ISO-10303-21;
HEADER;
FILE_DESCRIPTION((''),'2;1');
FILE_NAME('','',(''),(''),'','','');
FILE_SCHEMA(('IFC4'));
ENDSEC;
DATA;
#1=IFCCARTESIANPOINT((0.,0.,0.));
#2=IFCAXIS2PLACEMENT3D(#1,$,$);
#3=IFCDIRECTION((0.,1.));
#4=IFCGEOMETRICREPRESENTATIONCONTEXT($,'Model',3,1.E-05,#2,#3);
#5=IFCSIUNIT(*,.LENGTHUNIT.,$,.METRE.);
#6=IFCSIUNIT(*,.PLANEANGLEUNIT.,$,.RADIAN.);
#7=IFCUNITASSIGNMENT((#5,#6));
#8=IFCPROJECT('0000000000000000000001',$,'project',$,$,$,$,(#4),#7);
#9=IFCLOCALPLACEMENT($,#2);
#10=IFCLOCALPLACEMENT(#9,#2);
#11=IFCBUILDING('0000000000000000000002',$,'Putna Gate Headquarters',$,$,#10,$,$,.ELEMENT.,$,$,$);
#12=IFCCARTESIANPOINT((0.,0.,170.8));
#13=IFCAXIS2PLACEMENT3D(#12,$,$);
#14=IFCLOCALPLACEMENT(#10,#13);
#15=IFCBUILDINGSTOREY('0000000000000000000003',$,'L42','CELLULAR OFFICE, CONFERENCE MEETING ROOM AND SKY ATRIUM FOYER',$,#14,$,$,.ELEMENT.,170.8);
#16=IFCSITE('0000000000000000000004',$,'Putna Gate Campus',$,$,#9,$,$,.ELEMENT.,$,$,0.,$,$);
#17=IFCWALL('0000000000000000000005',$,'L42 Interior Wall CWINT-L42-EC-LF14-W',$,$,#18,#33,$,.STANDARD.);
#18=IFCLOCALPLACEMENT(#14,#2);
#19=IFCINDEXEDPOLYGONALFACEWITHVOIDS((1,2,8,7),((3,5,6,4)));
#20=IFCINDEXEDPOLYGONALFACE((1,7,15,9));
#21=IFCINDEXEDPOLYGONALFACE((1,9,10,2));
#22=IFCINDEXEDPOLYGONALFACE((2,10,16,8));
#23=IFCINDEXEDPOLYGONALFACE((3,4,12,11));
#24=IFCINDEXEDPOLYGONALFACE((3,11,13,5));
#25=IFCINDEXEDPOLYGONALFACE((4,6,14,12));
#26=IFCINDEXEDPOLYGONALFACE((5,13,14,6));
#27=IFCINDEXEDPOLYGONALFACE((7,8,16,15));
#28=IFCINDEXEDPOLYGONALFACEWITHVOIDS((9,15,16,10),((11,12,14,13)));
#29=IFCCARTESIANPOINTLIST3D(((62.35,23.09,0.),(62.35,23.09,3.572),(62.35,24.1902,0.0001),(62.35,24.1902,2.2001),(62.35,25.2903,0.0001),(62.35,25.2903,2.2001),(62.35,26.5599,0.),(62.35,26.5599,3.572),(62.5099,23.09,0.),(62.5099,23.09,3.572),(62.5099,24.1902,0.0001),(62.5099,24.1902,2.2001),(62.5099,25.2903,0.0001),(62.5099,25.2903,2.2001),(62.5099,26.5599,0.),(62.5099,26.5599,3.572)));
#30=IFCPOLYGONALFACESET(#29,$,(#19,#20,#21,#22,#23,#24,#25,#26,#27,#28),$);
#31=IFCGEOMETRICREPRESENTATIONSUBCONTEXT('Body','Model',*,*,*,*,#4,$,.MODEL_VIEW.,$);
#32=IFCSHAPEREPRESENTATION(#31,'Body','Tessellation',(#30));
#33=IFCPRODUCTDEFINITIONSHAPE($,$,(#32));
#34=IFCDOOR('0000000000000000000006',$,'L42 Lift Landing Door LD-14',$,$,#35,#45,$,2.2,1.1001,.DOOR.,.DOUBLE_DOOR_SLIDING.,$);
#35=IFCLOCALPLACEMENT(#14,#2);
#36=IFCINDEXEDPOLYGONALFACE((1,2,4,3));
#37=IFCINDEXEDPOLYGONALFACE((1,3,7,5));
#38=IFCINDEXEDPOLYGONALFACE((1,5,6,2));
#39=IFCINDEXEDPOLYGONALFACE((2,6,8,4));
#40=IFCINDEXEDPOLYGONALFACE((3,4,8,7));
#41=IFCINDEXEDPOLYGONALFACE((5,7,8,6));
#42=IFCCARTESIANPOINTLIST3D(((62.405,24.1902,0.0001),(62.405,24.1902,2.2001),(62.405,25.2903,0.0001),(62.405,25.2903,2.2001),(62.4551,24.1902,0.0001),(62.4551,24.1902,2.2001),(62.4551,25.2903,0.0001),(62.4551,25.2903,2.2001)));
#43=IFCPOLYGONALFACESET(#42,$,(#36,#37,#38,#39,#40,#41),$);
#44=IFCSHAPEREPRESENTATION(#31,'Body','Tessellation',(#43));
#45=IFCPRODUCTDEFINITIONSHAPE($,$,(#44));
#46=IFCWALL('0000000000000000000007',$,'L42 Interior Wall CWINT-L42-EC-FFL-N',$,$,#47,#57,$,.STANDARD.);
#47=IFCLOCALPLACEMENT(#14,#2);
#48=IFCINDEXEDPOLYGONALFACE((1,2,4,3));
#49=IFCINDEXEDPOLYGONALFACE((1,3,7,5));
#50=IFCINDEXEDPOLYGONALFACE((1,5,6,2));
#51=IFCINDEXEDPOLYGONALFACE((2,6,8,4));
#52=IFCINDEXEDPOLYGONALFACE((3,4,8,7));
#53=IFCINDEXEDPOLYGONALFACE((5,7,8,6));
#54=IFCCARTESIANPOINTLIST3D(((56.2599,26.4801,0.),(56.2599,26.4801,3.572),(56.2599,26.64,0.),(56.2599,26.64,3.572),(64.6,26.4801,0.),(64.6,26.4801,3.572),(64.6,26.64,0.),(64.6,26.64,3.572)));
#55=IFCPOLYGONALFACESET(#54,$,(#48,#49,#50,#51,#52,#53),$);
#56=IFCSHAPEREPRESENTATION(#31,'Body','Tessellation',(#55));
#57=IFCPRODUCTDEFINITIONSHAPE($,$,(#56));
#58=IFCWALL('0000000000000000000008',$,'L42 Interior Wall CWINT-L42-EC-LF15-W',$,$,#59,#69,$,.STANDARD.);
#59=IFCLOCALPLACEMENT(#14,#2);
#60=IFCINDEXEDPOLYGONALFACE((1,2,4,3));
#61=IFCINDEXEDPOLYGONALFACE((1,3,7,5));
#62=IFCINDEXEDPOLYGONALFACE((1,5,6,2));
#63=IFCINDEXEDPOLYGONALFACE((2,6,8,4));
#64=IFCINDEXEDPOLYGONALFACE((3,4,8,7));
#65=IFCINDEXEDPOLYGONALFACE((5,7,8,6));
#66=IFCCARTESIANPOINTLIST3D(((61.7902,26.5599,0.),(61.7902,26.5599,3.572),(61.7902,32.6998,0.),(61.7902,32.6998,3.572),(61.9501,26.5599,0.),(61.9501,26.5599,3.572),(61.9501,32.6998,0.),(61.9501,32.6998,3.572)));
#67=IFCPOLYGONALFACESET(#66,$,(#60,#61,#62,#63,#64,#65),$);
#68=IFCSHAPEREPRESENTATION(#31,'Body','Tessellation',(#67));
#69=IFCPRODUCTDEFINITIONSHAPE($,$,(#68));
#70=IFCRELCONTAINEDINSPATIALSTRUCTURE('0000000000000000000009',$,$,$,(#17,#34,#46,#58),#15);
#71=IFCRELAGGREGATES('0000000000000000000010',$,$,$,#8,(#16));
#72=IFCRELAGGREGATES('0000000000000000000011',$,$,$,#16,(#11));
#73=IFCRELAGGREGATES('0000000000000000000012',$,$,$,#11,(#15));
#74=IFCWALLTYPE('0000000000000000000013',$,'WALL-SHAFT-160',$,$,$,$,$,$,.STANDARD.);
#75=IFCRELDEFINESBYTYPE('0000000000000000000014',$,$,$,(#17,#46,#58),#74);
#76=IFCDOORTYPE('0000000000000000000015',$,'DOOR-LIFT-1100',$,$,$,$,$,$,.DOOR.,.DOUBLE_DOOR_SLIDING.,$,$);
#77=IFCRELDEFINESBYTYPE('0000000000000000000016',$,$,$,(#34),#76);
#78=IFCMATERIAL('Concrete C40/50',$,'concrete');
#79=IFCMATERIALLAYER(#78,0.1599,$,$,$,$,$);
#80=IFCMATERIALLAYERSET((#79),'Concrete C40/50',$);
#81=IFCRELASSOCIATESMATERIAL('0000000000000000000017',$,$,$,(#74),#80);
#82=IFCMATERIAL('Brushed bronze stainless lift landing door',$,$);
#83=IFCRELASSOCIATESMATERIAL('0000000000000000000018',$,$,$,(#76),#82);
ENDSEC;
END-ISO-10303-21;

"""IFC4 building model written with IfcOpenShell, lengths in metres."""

from ifc_helpers import new_model, si_unit, direction, frame, frame_2d, origin, place, context, subcontext, project, spatial, rectangle, extrude, material, layer, layer_set, type_object, element, fill, save


model = new_model("IFC4")

# Units and contexts
model_context = context("Model", 3, precision=1e-05, world=origin(), true_north=direction((0.0, 1.0)))
body_context = subcontext(model_context, "Body", "Model", "MODEL_VIEW")
ifc_project = project(units=[si_unit("LENGTHUNIT", "METRE"), si_unit("PLANEANGLEUNIT", "RADIAN")], contexts=[model_context])

# Site, building, storey
site_placement = place(None, origin())
site = spatial("IfcSite", under=ifc_project, at=site_placement, Name="Putna Gate Campus", CompositionType="ELEMENT", RefElevation=0.0)
building_placement = place(site_placement, origin())
building = spatial("IfcBuilding", under=site, at=building_placement, Name="Putna Gate Headquarters", CompositionType="ELEMENT")
storey_placement = place(building_placement, frame((0.0, 0.0, 170.8)))
storey = spatial("IfcBuildingStorey", under=building, at=storey_placement, Name="L42", Description="CELLULAR OFFICE, CONFERENCE MEETING ROOM AND SKY ATRIUM FOYER", CompositionType="ELEMENT", Elevation=170.8)

# Wall, opening, door
ifc_material_1 = material(Name="Concrete C40/50", Category="concrete")
ifc_layer_1 = layer(ifc_material_1, 0.1599)
ifc_layer_set_1 = layer_set([ifc_layer_1], Name="Concrete C40/50")
wall_type_1 = type_object("IfcWallType", Name="WALL-SHAFT-160", PredefinedType="STANDARD", material=ifc_layer_set_1)
wall_1_placement = place(storey_placement, frame((62.4299, 23.0901, 0.0), z_axis=(0.0, 0.0, 1.0), x_axis=(0.0, 1.0, 0.0)))
wall_1 = element("IfcWall", 1, at=wall_1_placement, inside=storey, type_object=wall_type_1, Name="L42 Interior Wall CWINT-L42-EC-LF14-W", PredefinedType="STANDARD", context=body_context, shape_type="SweptSolid", body=[
    extrude(rectangle(XDim=3.47, YDim=0.1599, at=frame_2d((1.7349, 0.0))), origin(), (0.0, 0.0, 1.0), 3.572),
])
opening_1_placement = place(wall_1_placement, frame((1.1001, 0.0, 0.0)))
opening_1 = element("IfcOpeningElement", 2, at=opening_1_placement, cuts=wall_1, PredefinedType="OPENING", context=body_context, shape_type="SweptSolid", body=[
    extrude(rectangle(XDim=1.1001, YDim=2.2, at=frame_2d((0.55, 1.1001))), frame((0.0, 0.0898, 0.0), z_axis=(0.0, -1.0, 0.0), x_axis=(1.0, 0.0, 0.0)), (0.0, 0.0, 1.0), 0.1799),
])
ifc_material_2 = material(Name="Brushed bronze stainless lift landing door")
door_type_1 = type_object("IfcDoorType", Name="DOOR-LIFT-1100", OperationType="DOUBLE_DOOR_SLIDING", PredefinedType="DOOR", material=ifc_material_2)
door_1_placement = place(opening_1_placement, origin())
door_1 = element("IfcDoor", 3, at=door_1_placement, inside=storey, type_object=door_type_1, Name="L42 Lift Landing Door LD-14", OperationType="DOUBLE_DOOR_SLIDING", OverallHeight=2.2, OverallWidth=1.1001, PredefinedType="DOOR", context=body_context, shape_type="SweptSolid", body=[
    extrude(rectangle(XDim=1.1001, YDim=2.2, at=frame_2d((0.55, 1.1001))), frame((0.0, 0.0249, 0.0), z_axis=(0.0, -1.0, 0.0), x_axis=(1.0, 0.0, 0.0)), (0.0, 0.0, 1.0), 0.05),
])
fill(opening_1, door_1)

# Walls
wall_2_placement = place(storey_placement, frame((56.26, 26.5601, 0.0), z_axis=(0.0, 0.0, 1.0), x_axis=(1.0, 0.0, 0.0)))
element("IfcWall", 4, at=wall_2_placement, inside=storey, type_object=wall_type_1, Name="L42 Interior Wall CWINT-L42-EC-FFL-N", PredefinedType="STANDARD", context=body_context, shape_type="SweptSolid", body=[
    extrude(rectangle(XDim=8.3401, YDim=0.1599, at=frame_2d((4.1699, 0.0))), origin(), (0.0, 0.0, 1.0), 3.572),
])
wall_3_placement = place(storey_placement, frame((61.8701, 26.5601, 0.0), z_axis=(0.0, 0.0, 1.0), x_axis=(0.0, 1.0, 0.0)))
element("IfcWall", 5, at=wall_3_placement, inside=storey, type_object=wall_type_1, Name="L42 Interior Wall CWINT-L42-EC-LF15-W", PredefinedType="STANDARD", context=body_context, shape_type="SweptSolid", body=[
    extrude(rectangle(XDim=6.1399, YDim=0.1599, at=frame_2d((3.0698, 0.0))), origin(), (0.0, 0.0, 1.0), 3.572),
])

save(model, "model.ifc")
